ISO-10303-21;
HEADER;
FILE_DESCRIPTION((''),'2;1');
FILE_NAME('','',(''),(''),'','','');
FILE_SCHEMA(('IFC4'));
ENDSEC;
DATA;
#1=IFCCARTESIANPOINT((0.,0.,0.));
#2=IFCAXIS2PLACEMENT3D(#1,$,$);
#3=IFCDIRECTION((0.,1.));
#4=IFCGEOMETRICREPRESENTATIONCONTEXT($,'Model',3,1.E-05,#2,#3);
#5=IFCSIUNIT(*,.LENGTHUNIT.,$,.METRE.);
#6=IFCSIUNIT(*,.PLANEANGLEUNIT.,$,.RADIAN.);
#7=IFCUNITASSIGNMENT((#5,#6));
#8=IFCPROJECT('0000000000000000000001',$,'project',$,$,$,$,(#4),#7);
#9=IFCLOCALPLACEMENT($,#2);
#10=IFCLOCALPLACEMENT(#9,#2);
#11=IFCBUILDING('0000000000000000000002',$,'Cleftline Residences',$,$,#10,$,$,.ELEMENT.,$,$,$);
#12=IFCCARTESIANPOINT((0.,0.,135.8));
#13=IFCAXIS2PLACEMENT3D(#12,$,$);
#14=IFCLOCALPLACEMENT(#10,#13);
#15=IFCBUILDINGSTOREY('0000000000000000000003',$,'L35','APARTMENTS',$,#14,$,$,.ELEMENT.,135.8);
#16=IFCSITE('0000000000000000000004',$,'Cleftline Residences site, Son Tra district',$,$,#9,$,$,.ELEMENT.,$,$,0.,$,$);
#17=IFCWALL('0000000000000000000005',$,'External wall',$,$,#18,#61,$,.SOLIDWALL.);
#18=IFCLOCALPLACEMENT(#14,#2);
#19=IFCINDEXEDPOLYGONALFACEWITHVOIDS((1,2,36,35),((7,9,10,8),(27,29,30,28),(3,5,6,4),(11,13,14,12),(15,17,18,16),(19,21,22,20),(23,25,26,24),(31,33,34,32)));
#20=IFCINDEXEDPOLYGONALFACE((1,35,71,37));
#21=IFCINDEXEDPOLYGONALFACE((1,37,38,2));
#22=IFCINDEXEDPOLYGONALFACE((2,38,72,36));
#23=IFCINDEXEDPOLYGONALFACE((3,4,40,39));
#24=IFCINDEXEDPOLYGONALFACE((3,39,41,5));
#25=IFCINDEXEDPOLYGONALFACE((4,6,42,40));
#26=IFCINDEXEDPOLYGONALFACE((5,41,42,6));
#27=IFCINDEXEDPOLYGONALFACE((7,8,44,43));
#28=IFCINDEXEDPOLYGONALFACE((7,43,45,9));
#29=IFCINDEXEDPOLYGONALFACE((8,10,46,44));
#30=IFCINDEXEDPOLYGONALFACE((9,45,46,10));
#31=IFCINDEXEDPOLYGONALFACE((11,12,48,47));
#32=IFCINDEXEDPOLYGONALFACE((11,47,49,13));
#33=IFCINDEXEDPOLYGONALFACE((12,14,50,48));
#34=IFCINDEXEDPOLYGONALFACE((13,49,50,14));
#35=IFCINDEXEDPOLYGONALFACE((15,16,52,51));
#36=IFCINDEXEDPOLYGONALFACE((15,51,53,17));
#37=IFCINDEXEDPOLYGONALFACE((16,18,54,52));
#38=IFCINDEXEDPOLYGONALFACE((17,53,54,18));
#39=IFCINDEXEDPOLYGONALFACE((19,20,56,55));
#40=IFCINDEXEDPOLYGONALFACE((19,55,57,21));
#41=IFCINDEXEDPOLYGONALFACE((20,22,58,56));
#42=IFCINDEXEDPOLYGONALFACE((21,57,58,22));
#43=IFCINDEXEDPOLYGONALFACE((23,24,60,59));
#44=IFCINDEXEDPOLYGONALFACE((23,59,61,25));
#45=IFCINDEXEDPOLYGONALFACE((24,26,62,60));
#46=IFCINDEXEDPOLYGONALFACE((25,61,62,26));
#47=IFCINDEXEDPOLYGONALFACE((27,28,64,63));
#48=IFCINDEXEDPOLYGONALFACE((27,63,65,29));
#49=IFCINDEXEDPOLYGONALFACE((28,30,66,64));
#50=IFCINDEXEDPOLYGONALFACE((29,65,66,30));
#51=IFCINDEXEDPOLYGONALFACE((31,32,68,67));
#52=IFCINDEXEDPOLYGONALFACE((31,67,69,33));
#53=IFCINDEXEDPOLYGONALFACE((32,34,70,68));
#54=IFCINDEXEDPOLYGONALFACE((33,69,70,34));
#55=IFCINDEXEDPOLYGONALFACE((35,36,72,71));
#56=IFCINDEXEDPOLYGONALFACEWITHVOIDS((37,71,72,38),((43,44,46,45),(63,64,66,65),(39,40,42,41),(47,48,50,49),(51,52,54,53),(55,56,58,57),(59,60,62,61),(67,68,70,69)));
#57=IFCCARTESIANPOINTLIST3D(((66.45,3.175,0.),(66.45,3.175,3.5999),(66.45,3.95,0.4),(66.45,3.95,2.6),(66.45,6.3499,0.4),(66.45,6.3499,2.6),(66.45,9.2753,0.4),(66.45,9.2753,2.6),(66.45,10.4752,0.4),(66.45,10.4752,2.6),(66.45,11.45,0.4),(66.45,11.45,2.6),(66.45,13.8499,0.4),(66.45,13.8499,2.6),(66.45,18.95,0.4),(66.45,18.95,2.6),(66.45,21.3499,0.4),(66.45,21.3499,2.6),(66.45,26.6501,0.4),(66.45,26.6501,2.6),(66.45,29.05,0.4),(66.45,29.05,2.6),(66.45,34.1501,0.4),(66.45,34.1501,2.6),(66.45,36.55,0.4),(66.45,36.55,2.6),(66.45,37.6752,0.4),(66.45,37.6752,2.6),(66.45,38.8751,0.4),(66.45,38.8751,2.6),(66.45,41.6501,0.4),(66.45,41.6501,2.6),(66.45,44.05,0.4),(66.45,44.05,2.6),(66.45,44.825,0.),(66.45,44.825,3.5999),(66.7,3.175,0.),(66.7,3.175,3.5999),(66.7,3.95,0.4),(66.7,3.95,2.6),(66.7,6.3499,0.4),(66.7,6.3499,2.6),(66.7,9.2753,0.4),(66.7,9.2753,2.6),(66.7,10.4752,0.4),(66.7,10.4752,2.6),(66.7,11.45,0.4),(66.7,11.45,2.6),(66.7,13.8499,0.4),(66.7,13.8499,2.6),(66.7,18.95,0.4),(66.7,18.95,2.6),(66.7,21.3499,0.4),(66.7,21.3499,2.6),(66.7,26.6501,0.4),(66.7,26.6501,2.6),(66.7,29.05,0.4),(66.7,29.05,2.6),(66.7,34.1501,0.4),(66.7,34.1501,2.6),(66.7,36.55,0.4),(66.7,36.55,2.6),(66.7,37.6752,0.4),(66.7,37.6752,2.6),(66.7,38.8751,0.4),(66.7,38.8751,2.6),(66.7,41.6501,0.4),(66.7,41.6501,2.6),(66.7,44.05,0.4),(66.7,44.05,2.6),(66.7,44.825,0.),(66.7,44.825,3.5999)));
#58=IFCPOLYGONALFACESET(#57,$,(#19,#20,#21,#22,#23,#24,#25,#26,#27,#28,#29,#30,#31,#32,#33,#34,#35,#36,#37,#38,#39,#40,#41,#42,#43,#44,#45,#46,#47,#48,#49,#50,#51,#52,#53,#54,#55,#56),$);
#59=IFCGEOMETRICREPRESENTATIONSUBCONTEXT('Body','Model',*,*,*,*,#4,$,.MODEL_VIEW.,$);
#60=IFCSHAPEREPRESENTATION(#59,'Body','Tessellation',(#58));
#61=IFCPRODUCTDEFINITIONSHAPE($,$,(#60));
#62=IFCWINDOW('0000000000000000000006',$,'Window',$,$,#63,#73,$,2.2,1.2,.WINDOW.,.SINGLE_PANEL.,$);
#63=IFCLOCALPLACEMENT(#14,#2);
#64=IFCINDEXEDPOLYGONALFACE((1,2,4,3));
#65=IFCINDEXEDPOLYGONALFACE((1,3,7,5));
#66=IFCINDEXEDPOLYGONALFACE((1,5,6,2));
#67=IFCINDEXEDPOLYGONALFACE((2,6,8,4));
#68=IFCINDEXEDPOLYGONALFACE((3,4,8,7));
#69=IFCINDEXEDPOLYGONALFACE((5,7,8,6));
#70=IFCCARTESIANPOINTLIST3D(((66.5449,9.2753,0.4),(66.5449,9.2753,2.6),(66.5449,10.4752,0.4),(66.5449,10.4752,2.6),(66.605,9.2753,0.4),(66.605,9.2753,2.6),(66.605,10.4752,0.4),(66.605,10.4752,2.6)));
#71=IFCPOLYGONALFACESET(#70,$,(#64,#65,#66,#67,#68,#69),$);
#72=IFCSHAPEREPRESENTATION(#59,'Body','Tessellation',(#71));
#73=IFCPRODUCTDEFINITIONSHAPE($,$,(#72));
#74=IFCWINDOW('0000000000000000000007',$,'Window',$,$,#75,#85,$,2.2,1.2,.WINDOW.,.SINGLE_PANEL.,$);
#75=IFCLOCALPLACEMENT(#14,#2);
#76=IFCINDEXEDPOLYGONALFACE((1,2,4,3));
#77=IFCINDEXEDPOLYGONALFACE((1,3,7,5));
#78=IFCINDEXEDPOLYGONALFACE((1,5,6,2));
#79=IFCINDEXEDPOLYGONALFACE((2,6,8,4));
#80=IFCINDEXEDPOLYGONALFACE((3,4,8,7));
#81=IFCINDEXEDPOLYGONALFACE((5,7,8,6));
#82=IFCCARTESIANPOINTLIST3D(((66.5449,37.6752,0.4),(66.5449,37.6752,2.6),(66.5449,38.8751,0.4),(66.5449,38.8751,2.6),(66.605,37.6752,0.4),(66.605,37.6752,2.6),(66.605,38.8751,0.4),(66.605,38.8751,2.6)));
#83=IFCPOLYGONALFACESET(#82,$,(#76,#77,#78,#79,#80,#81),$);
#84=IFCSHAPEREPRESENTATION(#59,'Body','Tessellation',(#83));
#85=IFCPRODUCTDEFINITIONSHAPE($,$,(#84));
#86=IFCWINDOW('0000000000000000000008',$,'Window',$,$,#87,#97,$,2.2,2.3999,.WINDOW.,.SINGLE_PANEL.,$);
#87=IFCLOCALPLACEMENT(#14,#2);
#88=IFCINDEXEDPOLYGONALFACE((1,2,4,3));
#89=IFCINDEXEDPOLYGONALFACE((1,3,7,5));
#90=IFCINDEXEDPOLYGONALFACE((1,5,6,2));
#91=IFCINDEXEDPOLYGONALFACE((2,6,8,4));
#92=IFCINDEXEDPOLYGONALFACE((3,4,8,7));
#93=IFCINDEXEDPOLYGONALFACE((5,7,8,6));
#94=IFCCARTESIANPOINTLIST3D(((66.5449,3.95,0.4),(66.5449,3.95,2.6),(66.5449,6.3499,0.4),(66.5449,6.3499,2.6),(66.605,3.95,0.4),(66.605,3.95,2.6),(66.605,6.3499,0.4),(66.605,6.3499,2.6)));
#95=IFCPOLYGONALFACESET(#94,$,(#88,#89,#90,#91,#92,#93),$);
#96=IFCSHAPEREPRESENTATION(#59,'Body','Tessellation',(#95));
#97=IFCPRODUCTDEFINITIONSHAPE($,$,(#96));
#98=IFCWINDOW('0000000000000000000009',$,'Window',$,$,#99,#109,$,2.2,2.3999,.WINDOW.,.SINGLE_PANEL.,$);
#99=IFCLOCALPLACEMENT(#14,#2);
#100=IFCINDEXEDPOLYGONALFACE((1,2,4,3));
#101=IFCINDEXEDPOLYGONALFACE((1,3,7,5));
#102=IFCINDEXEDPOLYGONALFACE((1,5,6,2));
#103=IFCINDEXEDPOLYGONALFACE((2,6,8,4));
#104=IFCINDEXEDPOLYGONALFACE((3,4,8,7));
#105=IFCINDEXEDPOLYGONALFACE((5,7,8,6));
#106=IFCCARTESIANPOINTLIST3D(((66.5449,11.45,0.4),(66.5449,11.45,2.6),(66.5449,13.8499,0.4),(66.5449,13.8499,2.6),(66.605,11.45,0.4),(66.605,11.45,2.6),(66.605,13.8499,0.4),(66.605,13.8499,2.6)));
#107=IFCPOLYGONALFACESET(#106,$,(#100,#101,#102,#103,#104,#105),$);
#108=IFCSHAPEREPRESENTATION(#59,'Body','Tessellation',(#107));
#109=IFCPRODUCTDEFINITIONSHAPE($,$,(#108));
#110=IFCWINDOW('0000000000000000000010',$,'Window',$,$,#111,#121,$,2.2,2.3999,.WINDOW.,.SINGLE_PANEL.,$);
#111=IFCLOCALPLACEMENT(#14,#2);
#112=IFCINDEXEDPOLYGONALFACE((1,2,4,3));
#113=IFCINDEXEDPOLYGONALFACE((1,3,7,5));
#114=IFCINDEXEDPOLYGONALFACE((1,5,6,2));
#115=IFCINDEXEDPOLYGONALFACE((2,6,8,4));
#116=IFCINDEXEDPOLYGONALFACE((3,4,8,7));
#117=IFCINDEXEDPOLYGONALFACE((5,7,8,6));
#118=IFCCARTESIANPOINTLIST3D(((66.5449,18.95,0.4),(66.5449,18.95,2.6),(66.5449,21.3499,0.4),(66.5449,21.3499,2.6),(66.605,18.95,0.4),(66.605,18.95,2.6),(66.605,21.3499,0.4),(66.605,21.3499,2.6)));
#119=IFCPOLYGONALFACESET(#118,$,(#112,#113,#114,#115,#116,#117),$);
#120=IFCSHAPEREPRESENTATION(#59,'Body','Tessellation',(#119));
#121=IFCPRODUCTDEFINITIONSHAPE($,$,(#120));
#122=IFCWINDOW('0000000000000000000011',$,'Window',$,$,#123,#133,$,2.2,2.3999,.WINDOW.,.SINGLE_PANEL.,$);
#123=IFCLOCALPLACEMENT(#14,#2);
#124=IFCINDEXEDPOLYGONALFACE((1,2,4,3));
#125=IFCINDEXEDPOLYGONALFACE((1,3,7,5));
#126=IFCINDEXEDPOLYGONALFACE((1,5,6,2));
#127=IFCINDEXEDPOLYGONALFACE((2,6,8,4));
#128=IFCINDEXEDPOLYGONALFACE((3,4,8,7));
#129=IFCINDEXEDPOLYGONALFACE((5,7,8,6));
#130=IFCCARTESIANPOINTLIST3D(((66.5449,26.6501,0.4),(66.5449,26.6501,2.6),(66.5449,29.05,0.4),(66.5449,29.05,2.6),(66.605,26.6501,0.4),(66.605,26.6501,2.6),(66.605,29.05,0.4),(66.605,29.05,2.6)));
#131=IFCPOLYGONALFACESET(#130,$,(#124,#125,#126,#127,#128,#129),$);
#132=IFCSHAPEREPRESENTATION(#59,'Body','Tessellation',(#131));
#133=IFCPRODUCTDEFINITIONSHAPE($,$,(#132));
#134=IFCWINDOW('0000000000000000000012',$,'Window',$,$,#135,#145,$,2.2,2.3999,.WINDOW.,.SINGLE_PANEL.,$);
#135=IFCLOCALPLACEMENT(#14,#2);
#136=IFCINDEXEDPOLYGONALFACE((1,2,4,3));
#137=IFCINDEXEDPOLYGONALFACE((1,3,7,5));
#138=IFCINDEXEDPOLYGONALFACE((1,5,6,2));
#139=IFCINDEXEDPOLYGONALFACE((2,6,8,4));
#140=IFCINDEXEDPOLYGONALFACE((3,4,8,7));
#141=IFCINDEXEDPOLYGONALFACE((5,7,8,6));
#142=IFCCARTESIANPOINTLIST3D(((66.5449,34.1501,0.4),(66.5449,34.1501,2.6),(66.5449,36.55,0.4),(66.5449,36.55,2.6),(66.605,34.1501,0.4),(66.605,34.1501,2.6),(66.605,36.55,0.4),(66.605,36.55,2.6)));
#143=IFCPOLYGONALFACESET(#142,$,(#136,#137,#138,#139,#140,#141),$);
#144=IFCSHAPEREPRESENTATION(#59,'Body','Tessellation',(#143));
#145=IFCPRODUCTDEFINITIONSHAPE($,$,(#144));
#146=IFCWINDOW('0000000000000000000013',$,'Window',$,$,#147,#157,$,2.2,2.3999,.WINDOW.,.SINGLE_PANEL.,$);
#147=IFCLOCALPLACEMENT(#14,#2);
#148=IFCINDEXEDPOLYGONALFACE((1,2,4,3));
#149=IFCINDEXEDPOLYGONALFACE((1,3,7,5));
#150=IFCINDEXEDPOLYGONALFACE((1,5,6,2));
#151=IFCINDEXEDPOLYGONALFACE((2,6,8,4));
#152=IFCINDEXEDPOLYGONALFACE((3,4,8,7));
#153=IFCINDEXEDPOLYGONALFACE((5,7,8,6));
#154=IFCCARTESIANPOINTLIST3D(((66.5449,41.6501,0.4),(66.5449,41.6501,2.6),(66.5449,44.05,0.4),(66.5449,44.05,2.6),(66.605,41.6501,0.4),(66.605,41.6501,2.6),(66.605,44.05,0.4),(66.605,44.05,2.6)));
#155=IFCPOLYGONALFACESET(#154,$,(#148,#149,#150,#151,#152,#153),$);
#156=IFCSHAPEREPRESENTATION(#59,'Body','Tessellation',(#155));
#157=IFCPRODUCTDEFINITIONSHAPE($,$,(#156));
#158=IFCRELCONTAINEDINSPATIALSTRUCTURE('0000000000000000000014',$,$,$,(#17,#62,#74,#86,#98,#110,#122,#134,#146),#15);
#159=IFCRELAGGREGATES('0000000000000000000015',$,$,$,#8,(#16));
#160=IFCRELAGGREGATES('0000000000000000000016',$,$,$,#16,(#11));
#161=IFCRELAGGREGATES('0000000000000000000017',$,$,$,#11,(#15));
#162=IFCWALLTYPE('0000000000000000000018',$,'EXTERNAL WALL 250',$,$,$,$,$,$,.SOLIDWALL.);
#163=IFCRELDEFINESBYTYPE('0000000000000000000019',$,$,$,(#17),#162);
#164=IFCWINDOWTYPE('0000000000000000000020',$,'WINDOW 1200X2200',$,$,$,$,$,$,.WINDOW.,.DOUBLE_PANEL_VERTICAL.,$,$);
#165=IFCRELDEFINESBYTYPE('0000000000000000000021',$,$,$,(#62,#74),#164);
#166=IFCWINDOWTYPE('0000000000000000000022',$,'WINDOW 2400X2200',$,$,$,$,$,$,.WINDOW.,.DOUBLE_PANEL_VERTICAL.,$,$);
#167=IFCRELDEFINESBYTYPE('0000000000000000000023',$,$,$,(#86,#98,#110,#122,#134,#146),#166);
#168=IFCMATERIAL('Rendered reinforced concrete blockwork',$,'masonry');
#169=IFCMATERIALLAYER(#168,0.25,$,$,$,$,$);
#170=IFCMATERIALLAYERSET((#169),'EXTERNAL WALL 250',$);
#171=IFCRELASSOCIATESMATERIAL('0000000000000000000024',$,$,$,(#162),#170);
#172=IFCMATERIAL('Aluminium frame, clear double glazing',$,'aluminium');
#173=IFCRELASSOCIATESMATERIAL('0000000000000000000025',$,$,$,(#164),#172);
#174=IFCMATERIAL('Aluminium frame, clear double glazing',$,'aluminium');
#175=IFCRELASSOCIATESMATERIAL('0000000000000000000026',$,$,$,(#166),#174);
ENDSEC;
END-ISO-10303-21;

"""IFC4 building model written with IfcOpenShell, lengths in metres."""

from ifc_helpers import new_model, si_unit, direction, frame, frame_2d, origin, place, context, subcontext, project, spatial, rectangle, extrude, material, layer, layer_set, type_object, element, fill, save


model = new_model("IFC4")

# Units and contexts
model_context = context("Model", 3, precision=1e-05, world=origin(), true_north=direction((0.0, 1.0)))
body_context = subcontext(model_context, "Body", "Model", "MODEL_VIEW")
ifc_project = project(units=[si_unit("LENGTHUNIT", "METRE"), si_unit("PLANEANGLEUNIT", "RADIAN")], contexts=[model_context])

# Site, building, storey
site_placement = place(None, origin())
site = spatial("IfcSite", under=ifc_project, at=site_placement, Name="Cleftline Residences site, Son Tra district", CompositionType="ELEMENT", RefElevation=0.0)
building_placement = place(site_placement, origin())
building = spatial("IfcBuilding", under=site, at=building_placement, Name="Cleftline Residences", CompositionType="ELEMENT")
storey_placement = place(building_placement, frame((0.0, 0.0, 135.8)))
storey = spatial("IfcBuildingStorey", under=building, at=storey_placement, Name="L35", Description="APARTMENTS", CompositionType="ELEMENT", Elevation=135.8)

# Wall, openings, windows
ifc_material_1 = material(Name="Rendered reinforced concrete blockwork", Category="masonry")
ifc_layer_1 = layer(ifc_material_1, 0.25)
ifc_layer_set_1 = layer_set([ifc_layer_1], Name="EXTERNAL WALL 250")
wall_type = type_object("IfcWallType", Name="EXTERNAL WALL 250", PredefinedType="SOLIDWALL", material=ifc_layer_set_1)
wall_placement = place(storey_placement, frame((66.575, 3.175, 0.0), z_axis=(0.0, 0.0, 1.0), x_axis=(0.0, 1.0, 0.0)))
wall = element("IfcWall", 1, at=wall_placement, inside=storey, type_object=wall_type, Name="External wall", PredefinedType="SOLIDWALL", context=body_context, shape_type="SweptSolid", body=[
    extrude(rectangle(XDim=41.6499, YDim=0.25, at=frame_2d((20.825, 0.0))), origin(), (0.0, 0.0, 1.0), 3.5999),
])
opening_1_placement = place(wall_placement, frame((0.7749, 0.0, 0.3999)))
opening_1 = element("IfcOpeningElement", 2, at=opening_1_placement, cuts=wall, PredefinedType="OPENING", context=body_context, shape_type="SweptSolid", body=[
    extrude(rectangle(XDim=2.3999, YDim=2.2, at=frame_2d((1.2, 1.1001))), frame((0.0, 0.135, 0.0), z_axis=(0.0, -1.0, 0.0), x_axis=(1.0, 0.0, 0.0)), (0.0, 0.0, 1.0), 0.27),
])
opening_2_placement = place(wall_placement, frame((6.1001, 0.0, 0.3999)))
opening_2 = element("IfcOpeningElement", 3, at=opening_2_placement, cuts=wall, PredefinedType="OPENING", context=body_context, shape_type="SweptSolid", body=[
    extrude(rectangle(XDim=1.2, YDim=2.2, at=frame_2d((0.6001, 1.1001))), frame((0.0, 0.135, 0.0), z_axis=(0.0, -1.0, 0.0), x_axis=(1.0, 0.0, 0.0)), (0.0, 0.0, 1.0), 0.27),
])
opening_3_placement = place(wall_placement, frame((8.2749, 0.0, 0.3999)))
opening_3 = element("IfcOpeningElement", 4, at=opening_3_placement, cuts=wall, PredefinedType="OPENING", context=body_context, shape_type="SweptSolid", body=[
    extrude(rectangle(XDim=2.3999, YDim=2.2, at=frame_2d((1.2, 1.1001))), frame((0.0, 0.135, 0.0), z_axis=(0.0, -1.0, 0.0), x_axis=(1.0, 0.0, 0.0)), (0.0, 0.0, 1.0), 0.27),
])
opening_4_placement = place(wall_placement, frame((15.7749, 0.0, 0.3999)))
opening_4 = element("IfcOpeningElement", 5, at=opening_4_placement, cuts=wall, PredefinedType="OPENING", context=body_context, shape_type="SweptSolid", body=[
    extrude(rectangle(XDim=2.3999, YDim=2.2, at=frame_2d((1.2, 1.1001))), frame((0.0, 0.135, 0.0), z_axis=(0.0, -1.0, 0.0), x_axis=(1.0, 0.0, 0.0)), (0.0, 0.0, 1.0), 0.27),
])
opening_5_placement = place(wall_placement, frame((23.4751, 0.0, 0.3999)))
opening_5 = element("IfcOpeningElement", 6, at=opening_5_placement, cuts=wall, PredefinedType="OPENING", context=body_context, shape_type="SweptSolid", body=[
    extrude(rectangle(XDim=2.3999, YDim=2.2, at=frame_2d((1.2, 1.1001))), frame((0.0, 0.135, 0.0), z_axis=(0.0, -1.0, 0.0), x_axis=(1.0, 0.0, 0.0)), (0.0, 0.0, 1.0), 0.27),
])
opening_6_placement = place(wall_placement, frame((30.9751, 0.0, 0.3999)))
opening_6 = element("IfcOpeningElement", 7, at=opening_6_placement, cuts=wall, PredefinedType="OPENING", context=body_context, shape_type="SweptSolid", body=[
    extrude(rectangle(XDim=2.3999, YDim=2.2, at=frame_2d((1.2, 1.1001))), frame((0.0, 0.135, 0.0), z_axis=(0.0, -1.0, 0.0), x_axis=(1.0, 0.0, 0.0)), (0.0, 0.0, 1.0), 0.27),
])
opening_7_placement = place(wall_placement, frame((34.5, 0.0, 0.3999)))
opening_7 = element("IfcOpeningElement", 8, at=opening_7_placement, cuts=wall, PredefinedType="OPENING", context=body_context, shape_type="SweptSolid", body=[
    extrude(rectangle(XDim=1.2, YDim=2.2, at=frame_2d((0.6001, 1.1001))), frame((0.0, 0.135, 0.0), z_axis=(0.0, -1.0, 0.0), x_axis=(1.0, 0.0, 0.0)), (0.0, 0.0, 1.0), 0.27),
])
opening_8_placement = place(wall_placement, frame((38.4751, 0.0, 0.3999)))
opening_8 = element("IfcOpeningElement", 9, at=opening_8_placement, cuts=wall, PredefinedType="OPENING", context=body_context, shape_type="SweptSolid", body=[
    extrude(rectangle(XDim=2.3999, YDim=2.2, at=frame_2d((1.2, 1.1001))), frame((0.0, 0.135, 0.0), z_axis=(0.0, -1.0, 0.0), x_axis=(1.0, 0.0, 0.0)), (0.0, 0.0, 1.0), 0.27),
])
ifc_material_2 = material(Name="Aluminium frame, clear double glazing", Category="aluminium")
window_type_1 = type_object("IfcWindowType", Name="WINDOW 1200X2200", PartitioningType="DOUBLE_PANEL_VERTICAL", PredefinedType="WINDOW", material=ifc_material_2)
window_1_placement = place(opening_2_placement, origin())
window_1 = element("IfcWindow", 10, at=window_1_placement, inside=storey, type_object=window_type_1, Name="Window", OverallHeight=2.2, OverallWidth=1.2, PartitioningType="SINGLE_PANEL", PredefinedType="WINDOW", context=body_context, shape_type="SweptSolid", body=[
    extrude(rectangle(XDim=1.2, YDim=2.2, at=frame_2d((0.6001, 1.1001))), frame((0.0, 0.03, 0.0), z_axis=(0.0, -1.0, 0.0), x_axis=(1.0, 0.0, 0.0)), (0.0, 0.0, 1.0), 0.0601),
])
fill(opening_2, window_1)
window_2_placement = place(opening_7_placement, origin())
window_2 = element("IfcWindow", 11, at=window_2_placement, inside=storey, type_object=window_type_1, Name="Window", OverallHeight=2.2, OverallWidth=1.2, PartitioningType="SINGLE_PANEL", PredefinedType="WINDOW", context=body_context, shape_type="SweptSolid", body=[
    extrude(rectangle(XDim=1.2, YDim=2.2, at=frame_2d((0.6001, 1.1001))), frame((0.0, 0.03, 0.0), z_axis=(0.0, -1.0, 0.0), x_axis=(1.0, 0.0, 0.0)), (0.0, 0.0, 1.0), 0.0601),
])
fill(opening_7, window_2)
ifc_material_3 = material(Name="Aluminium frame, clear double glazing", Category="aluminium")
window_type_2 = type_object("IfcWindowType", Name="WINDOW 2400X2200", PartitioningType="DOUBLE_PANEL_VERTICAL", PredefinedType="WINDOW", material=ifc_material_3)
window_3_placement = place(opening_1_placement, origin())
window_3 = element("IfcWindow", 12, at=window_3_placement, inside=storey, type_object=window_type_2, Name="Window", OverallHeight=2.2, OverallWidth=2.3999, PartitioningType="SINGLE_PANEL", PredefinedType="WINDOW", context=body_context, shape_type="SweptSolid", body=[
    extrude(rectangle(XDim=2.3999, YDim=2.2, at=frame_2d((1.2, 1.1001))), frame((0.0, 0.03, 0.0), z_axis=(0.0, -1.0, 0.0), x_axis=(1.0, 0.0, 0.0)), (0.0, 0.0, 1.0), 0.0601),
])
fill(opening_1, window_3)
window_4_placement = place(opening_3_placement, origin())
window_4 = element("IfcWindow", 13, at=window_4_placement, inside=storey, type_object=window_type_2, Name="Window", OverallHeight=2.2, OverallWidth=2.3999, PartitioningType="SINGLE_PANEL", PredefinedType="WINDOW", context=body_context, shape_type="SweptSolid", body=[
    extrude(rectangle(XDim=2.3999, YDim=2.2, at=frame_2d((1.2, 1.1001))), frame((0.0, 0.03, 0.0), z_axis=(0.0, -1.0, 0.0), x_axis=(1.0, 0.0, 0.0)), (0.0, 0.0, 1.0), 0.0601),
])
fill(opening_3, window_4)
window_5_placement = place(opening_4_placement, origin())
window_5 = element("IfcWindow", 14, at=window_5_placement, inside=storey, type_object=window_type_2, Name="Window", OverallHeight=2.2, OverallWidth=2.3999, PartitioningType="SINGLE_PANEL", PredefinedType="WINDOW", context=body_context, shape_type="SweptSolid", body=[
    extrude(rectangle(XDim=2.3999, YDim=2.2, at=frame_2d((1.2, 1.1001))), frame((0.0, 0.03, 0.0), z_axis=(0.0, -1.0, 0.0), x_axis=(1.0, 0.0, 0.0)), (0.0, 0.0, 1.0), 0.0601),
])
fill(opening_4, window_5)
window_6_placement = place(opening_5_placement, origin())
window_6 = element("IfcWindow", 15, at=window_6_placement, inside=storey, type_object=window_type_2, Name="Window", OverallHeight=2.2, OverallWidth=2.3999, PartitioningType="SINGLE_PANEL", PredefinedType="WINDOW", context=body_context, shape_type="SweptSolid", body=[
    extrude(rectangle(XDim=2.3999, YDim=2.2, at=frame_2d((1.2, 1.1001))), frame((0.0, 0.03, 0.0), z_axis=(0.0, -1.0, 0.0), x_axis=(1.0, 0.0, 0.0)), (0.0, 0.0, 1.0), 0.0601),
])
fill(opening_5, window_6)
window_7_placement = place(opening_6_placement, origin())
window_7 = element("IfcWindow", 16, at=window_7_placement, inside=storey, type_object=window_type_2, Name="Window", OverallHeight=2.2, OverallWidth=2.3999, PartitioningType="SINGLE_PANEL", PredefinedType="WINDOW", context=body_context, shape_type="SweptSolid", body=[
    extrude(rectangle(XDim=2.3999, YDim=2.2, at=frame_2d((1.2, 1.1001))), frame((0.0, 0.03, 0.0), z_axis=(0.0, -1.0, 0.0), x_axis=(1.0, 0.0, 0.0)), (0.0, 0.0, 1.0), 0.0601),
])
fill(opening_6, window_7)
window_8_placement = place(opening_8_placement, origin())
window_8 = element("IfcWindow", 17, at=window_8_placement, inside=storey, type_object=window_type_2, Name="Window", OverallHeight=2.2, OverallWidth=2.3999, PartitioningType="SINGLE_PANEL", PredefinedType="WINDOW", context=body_context, shape_type="SweptSolid", body=[
    extrude(rectangle(XDim=2.3999, YDim=2.2, at=frame_2d((1.2, 1.1001))), frame((0.0, 0.03, 0.0), z_axis=(0.0, -1.0, 0.0), x_axis=(1.0, 0.0, 0.0)), (0.0, 0.0, 1.0), 0.0601),
])
fill(opening_8, window_8)

save(model, "model.ifc")
